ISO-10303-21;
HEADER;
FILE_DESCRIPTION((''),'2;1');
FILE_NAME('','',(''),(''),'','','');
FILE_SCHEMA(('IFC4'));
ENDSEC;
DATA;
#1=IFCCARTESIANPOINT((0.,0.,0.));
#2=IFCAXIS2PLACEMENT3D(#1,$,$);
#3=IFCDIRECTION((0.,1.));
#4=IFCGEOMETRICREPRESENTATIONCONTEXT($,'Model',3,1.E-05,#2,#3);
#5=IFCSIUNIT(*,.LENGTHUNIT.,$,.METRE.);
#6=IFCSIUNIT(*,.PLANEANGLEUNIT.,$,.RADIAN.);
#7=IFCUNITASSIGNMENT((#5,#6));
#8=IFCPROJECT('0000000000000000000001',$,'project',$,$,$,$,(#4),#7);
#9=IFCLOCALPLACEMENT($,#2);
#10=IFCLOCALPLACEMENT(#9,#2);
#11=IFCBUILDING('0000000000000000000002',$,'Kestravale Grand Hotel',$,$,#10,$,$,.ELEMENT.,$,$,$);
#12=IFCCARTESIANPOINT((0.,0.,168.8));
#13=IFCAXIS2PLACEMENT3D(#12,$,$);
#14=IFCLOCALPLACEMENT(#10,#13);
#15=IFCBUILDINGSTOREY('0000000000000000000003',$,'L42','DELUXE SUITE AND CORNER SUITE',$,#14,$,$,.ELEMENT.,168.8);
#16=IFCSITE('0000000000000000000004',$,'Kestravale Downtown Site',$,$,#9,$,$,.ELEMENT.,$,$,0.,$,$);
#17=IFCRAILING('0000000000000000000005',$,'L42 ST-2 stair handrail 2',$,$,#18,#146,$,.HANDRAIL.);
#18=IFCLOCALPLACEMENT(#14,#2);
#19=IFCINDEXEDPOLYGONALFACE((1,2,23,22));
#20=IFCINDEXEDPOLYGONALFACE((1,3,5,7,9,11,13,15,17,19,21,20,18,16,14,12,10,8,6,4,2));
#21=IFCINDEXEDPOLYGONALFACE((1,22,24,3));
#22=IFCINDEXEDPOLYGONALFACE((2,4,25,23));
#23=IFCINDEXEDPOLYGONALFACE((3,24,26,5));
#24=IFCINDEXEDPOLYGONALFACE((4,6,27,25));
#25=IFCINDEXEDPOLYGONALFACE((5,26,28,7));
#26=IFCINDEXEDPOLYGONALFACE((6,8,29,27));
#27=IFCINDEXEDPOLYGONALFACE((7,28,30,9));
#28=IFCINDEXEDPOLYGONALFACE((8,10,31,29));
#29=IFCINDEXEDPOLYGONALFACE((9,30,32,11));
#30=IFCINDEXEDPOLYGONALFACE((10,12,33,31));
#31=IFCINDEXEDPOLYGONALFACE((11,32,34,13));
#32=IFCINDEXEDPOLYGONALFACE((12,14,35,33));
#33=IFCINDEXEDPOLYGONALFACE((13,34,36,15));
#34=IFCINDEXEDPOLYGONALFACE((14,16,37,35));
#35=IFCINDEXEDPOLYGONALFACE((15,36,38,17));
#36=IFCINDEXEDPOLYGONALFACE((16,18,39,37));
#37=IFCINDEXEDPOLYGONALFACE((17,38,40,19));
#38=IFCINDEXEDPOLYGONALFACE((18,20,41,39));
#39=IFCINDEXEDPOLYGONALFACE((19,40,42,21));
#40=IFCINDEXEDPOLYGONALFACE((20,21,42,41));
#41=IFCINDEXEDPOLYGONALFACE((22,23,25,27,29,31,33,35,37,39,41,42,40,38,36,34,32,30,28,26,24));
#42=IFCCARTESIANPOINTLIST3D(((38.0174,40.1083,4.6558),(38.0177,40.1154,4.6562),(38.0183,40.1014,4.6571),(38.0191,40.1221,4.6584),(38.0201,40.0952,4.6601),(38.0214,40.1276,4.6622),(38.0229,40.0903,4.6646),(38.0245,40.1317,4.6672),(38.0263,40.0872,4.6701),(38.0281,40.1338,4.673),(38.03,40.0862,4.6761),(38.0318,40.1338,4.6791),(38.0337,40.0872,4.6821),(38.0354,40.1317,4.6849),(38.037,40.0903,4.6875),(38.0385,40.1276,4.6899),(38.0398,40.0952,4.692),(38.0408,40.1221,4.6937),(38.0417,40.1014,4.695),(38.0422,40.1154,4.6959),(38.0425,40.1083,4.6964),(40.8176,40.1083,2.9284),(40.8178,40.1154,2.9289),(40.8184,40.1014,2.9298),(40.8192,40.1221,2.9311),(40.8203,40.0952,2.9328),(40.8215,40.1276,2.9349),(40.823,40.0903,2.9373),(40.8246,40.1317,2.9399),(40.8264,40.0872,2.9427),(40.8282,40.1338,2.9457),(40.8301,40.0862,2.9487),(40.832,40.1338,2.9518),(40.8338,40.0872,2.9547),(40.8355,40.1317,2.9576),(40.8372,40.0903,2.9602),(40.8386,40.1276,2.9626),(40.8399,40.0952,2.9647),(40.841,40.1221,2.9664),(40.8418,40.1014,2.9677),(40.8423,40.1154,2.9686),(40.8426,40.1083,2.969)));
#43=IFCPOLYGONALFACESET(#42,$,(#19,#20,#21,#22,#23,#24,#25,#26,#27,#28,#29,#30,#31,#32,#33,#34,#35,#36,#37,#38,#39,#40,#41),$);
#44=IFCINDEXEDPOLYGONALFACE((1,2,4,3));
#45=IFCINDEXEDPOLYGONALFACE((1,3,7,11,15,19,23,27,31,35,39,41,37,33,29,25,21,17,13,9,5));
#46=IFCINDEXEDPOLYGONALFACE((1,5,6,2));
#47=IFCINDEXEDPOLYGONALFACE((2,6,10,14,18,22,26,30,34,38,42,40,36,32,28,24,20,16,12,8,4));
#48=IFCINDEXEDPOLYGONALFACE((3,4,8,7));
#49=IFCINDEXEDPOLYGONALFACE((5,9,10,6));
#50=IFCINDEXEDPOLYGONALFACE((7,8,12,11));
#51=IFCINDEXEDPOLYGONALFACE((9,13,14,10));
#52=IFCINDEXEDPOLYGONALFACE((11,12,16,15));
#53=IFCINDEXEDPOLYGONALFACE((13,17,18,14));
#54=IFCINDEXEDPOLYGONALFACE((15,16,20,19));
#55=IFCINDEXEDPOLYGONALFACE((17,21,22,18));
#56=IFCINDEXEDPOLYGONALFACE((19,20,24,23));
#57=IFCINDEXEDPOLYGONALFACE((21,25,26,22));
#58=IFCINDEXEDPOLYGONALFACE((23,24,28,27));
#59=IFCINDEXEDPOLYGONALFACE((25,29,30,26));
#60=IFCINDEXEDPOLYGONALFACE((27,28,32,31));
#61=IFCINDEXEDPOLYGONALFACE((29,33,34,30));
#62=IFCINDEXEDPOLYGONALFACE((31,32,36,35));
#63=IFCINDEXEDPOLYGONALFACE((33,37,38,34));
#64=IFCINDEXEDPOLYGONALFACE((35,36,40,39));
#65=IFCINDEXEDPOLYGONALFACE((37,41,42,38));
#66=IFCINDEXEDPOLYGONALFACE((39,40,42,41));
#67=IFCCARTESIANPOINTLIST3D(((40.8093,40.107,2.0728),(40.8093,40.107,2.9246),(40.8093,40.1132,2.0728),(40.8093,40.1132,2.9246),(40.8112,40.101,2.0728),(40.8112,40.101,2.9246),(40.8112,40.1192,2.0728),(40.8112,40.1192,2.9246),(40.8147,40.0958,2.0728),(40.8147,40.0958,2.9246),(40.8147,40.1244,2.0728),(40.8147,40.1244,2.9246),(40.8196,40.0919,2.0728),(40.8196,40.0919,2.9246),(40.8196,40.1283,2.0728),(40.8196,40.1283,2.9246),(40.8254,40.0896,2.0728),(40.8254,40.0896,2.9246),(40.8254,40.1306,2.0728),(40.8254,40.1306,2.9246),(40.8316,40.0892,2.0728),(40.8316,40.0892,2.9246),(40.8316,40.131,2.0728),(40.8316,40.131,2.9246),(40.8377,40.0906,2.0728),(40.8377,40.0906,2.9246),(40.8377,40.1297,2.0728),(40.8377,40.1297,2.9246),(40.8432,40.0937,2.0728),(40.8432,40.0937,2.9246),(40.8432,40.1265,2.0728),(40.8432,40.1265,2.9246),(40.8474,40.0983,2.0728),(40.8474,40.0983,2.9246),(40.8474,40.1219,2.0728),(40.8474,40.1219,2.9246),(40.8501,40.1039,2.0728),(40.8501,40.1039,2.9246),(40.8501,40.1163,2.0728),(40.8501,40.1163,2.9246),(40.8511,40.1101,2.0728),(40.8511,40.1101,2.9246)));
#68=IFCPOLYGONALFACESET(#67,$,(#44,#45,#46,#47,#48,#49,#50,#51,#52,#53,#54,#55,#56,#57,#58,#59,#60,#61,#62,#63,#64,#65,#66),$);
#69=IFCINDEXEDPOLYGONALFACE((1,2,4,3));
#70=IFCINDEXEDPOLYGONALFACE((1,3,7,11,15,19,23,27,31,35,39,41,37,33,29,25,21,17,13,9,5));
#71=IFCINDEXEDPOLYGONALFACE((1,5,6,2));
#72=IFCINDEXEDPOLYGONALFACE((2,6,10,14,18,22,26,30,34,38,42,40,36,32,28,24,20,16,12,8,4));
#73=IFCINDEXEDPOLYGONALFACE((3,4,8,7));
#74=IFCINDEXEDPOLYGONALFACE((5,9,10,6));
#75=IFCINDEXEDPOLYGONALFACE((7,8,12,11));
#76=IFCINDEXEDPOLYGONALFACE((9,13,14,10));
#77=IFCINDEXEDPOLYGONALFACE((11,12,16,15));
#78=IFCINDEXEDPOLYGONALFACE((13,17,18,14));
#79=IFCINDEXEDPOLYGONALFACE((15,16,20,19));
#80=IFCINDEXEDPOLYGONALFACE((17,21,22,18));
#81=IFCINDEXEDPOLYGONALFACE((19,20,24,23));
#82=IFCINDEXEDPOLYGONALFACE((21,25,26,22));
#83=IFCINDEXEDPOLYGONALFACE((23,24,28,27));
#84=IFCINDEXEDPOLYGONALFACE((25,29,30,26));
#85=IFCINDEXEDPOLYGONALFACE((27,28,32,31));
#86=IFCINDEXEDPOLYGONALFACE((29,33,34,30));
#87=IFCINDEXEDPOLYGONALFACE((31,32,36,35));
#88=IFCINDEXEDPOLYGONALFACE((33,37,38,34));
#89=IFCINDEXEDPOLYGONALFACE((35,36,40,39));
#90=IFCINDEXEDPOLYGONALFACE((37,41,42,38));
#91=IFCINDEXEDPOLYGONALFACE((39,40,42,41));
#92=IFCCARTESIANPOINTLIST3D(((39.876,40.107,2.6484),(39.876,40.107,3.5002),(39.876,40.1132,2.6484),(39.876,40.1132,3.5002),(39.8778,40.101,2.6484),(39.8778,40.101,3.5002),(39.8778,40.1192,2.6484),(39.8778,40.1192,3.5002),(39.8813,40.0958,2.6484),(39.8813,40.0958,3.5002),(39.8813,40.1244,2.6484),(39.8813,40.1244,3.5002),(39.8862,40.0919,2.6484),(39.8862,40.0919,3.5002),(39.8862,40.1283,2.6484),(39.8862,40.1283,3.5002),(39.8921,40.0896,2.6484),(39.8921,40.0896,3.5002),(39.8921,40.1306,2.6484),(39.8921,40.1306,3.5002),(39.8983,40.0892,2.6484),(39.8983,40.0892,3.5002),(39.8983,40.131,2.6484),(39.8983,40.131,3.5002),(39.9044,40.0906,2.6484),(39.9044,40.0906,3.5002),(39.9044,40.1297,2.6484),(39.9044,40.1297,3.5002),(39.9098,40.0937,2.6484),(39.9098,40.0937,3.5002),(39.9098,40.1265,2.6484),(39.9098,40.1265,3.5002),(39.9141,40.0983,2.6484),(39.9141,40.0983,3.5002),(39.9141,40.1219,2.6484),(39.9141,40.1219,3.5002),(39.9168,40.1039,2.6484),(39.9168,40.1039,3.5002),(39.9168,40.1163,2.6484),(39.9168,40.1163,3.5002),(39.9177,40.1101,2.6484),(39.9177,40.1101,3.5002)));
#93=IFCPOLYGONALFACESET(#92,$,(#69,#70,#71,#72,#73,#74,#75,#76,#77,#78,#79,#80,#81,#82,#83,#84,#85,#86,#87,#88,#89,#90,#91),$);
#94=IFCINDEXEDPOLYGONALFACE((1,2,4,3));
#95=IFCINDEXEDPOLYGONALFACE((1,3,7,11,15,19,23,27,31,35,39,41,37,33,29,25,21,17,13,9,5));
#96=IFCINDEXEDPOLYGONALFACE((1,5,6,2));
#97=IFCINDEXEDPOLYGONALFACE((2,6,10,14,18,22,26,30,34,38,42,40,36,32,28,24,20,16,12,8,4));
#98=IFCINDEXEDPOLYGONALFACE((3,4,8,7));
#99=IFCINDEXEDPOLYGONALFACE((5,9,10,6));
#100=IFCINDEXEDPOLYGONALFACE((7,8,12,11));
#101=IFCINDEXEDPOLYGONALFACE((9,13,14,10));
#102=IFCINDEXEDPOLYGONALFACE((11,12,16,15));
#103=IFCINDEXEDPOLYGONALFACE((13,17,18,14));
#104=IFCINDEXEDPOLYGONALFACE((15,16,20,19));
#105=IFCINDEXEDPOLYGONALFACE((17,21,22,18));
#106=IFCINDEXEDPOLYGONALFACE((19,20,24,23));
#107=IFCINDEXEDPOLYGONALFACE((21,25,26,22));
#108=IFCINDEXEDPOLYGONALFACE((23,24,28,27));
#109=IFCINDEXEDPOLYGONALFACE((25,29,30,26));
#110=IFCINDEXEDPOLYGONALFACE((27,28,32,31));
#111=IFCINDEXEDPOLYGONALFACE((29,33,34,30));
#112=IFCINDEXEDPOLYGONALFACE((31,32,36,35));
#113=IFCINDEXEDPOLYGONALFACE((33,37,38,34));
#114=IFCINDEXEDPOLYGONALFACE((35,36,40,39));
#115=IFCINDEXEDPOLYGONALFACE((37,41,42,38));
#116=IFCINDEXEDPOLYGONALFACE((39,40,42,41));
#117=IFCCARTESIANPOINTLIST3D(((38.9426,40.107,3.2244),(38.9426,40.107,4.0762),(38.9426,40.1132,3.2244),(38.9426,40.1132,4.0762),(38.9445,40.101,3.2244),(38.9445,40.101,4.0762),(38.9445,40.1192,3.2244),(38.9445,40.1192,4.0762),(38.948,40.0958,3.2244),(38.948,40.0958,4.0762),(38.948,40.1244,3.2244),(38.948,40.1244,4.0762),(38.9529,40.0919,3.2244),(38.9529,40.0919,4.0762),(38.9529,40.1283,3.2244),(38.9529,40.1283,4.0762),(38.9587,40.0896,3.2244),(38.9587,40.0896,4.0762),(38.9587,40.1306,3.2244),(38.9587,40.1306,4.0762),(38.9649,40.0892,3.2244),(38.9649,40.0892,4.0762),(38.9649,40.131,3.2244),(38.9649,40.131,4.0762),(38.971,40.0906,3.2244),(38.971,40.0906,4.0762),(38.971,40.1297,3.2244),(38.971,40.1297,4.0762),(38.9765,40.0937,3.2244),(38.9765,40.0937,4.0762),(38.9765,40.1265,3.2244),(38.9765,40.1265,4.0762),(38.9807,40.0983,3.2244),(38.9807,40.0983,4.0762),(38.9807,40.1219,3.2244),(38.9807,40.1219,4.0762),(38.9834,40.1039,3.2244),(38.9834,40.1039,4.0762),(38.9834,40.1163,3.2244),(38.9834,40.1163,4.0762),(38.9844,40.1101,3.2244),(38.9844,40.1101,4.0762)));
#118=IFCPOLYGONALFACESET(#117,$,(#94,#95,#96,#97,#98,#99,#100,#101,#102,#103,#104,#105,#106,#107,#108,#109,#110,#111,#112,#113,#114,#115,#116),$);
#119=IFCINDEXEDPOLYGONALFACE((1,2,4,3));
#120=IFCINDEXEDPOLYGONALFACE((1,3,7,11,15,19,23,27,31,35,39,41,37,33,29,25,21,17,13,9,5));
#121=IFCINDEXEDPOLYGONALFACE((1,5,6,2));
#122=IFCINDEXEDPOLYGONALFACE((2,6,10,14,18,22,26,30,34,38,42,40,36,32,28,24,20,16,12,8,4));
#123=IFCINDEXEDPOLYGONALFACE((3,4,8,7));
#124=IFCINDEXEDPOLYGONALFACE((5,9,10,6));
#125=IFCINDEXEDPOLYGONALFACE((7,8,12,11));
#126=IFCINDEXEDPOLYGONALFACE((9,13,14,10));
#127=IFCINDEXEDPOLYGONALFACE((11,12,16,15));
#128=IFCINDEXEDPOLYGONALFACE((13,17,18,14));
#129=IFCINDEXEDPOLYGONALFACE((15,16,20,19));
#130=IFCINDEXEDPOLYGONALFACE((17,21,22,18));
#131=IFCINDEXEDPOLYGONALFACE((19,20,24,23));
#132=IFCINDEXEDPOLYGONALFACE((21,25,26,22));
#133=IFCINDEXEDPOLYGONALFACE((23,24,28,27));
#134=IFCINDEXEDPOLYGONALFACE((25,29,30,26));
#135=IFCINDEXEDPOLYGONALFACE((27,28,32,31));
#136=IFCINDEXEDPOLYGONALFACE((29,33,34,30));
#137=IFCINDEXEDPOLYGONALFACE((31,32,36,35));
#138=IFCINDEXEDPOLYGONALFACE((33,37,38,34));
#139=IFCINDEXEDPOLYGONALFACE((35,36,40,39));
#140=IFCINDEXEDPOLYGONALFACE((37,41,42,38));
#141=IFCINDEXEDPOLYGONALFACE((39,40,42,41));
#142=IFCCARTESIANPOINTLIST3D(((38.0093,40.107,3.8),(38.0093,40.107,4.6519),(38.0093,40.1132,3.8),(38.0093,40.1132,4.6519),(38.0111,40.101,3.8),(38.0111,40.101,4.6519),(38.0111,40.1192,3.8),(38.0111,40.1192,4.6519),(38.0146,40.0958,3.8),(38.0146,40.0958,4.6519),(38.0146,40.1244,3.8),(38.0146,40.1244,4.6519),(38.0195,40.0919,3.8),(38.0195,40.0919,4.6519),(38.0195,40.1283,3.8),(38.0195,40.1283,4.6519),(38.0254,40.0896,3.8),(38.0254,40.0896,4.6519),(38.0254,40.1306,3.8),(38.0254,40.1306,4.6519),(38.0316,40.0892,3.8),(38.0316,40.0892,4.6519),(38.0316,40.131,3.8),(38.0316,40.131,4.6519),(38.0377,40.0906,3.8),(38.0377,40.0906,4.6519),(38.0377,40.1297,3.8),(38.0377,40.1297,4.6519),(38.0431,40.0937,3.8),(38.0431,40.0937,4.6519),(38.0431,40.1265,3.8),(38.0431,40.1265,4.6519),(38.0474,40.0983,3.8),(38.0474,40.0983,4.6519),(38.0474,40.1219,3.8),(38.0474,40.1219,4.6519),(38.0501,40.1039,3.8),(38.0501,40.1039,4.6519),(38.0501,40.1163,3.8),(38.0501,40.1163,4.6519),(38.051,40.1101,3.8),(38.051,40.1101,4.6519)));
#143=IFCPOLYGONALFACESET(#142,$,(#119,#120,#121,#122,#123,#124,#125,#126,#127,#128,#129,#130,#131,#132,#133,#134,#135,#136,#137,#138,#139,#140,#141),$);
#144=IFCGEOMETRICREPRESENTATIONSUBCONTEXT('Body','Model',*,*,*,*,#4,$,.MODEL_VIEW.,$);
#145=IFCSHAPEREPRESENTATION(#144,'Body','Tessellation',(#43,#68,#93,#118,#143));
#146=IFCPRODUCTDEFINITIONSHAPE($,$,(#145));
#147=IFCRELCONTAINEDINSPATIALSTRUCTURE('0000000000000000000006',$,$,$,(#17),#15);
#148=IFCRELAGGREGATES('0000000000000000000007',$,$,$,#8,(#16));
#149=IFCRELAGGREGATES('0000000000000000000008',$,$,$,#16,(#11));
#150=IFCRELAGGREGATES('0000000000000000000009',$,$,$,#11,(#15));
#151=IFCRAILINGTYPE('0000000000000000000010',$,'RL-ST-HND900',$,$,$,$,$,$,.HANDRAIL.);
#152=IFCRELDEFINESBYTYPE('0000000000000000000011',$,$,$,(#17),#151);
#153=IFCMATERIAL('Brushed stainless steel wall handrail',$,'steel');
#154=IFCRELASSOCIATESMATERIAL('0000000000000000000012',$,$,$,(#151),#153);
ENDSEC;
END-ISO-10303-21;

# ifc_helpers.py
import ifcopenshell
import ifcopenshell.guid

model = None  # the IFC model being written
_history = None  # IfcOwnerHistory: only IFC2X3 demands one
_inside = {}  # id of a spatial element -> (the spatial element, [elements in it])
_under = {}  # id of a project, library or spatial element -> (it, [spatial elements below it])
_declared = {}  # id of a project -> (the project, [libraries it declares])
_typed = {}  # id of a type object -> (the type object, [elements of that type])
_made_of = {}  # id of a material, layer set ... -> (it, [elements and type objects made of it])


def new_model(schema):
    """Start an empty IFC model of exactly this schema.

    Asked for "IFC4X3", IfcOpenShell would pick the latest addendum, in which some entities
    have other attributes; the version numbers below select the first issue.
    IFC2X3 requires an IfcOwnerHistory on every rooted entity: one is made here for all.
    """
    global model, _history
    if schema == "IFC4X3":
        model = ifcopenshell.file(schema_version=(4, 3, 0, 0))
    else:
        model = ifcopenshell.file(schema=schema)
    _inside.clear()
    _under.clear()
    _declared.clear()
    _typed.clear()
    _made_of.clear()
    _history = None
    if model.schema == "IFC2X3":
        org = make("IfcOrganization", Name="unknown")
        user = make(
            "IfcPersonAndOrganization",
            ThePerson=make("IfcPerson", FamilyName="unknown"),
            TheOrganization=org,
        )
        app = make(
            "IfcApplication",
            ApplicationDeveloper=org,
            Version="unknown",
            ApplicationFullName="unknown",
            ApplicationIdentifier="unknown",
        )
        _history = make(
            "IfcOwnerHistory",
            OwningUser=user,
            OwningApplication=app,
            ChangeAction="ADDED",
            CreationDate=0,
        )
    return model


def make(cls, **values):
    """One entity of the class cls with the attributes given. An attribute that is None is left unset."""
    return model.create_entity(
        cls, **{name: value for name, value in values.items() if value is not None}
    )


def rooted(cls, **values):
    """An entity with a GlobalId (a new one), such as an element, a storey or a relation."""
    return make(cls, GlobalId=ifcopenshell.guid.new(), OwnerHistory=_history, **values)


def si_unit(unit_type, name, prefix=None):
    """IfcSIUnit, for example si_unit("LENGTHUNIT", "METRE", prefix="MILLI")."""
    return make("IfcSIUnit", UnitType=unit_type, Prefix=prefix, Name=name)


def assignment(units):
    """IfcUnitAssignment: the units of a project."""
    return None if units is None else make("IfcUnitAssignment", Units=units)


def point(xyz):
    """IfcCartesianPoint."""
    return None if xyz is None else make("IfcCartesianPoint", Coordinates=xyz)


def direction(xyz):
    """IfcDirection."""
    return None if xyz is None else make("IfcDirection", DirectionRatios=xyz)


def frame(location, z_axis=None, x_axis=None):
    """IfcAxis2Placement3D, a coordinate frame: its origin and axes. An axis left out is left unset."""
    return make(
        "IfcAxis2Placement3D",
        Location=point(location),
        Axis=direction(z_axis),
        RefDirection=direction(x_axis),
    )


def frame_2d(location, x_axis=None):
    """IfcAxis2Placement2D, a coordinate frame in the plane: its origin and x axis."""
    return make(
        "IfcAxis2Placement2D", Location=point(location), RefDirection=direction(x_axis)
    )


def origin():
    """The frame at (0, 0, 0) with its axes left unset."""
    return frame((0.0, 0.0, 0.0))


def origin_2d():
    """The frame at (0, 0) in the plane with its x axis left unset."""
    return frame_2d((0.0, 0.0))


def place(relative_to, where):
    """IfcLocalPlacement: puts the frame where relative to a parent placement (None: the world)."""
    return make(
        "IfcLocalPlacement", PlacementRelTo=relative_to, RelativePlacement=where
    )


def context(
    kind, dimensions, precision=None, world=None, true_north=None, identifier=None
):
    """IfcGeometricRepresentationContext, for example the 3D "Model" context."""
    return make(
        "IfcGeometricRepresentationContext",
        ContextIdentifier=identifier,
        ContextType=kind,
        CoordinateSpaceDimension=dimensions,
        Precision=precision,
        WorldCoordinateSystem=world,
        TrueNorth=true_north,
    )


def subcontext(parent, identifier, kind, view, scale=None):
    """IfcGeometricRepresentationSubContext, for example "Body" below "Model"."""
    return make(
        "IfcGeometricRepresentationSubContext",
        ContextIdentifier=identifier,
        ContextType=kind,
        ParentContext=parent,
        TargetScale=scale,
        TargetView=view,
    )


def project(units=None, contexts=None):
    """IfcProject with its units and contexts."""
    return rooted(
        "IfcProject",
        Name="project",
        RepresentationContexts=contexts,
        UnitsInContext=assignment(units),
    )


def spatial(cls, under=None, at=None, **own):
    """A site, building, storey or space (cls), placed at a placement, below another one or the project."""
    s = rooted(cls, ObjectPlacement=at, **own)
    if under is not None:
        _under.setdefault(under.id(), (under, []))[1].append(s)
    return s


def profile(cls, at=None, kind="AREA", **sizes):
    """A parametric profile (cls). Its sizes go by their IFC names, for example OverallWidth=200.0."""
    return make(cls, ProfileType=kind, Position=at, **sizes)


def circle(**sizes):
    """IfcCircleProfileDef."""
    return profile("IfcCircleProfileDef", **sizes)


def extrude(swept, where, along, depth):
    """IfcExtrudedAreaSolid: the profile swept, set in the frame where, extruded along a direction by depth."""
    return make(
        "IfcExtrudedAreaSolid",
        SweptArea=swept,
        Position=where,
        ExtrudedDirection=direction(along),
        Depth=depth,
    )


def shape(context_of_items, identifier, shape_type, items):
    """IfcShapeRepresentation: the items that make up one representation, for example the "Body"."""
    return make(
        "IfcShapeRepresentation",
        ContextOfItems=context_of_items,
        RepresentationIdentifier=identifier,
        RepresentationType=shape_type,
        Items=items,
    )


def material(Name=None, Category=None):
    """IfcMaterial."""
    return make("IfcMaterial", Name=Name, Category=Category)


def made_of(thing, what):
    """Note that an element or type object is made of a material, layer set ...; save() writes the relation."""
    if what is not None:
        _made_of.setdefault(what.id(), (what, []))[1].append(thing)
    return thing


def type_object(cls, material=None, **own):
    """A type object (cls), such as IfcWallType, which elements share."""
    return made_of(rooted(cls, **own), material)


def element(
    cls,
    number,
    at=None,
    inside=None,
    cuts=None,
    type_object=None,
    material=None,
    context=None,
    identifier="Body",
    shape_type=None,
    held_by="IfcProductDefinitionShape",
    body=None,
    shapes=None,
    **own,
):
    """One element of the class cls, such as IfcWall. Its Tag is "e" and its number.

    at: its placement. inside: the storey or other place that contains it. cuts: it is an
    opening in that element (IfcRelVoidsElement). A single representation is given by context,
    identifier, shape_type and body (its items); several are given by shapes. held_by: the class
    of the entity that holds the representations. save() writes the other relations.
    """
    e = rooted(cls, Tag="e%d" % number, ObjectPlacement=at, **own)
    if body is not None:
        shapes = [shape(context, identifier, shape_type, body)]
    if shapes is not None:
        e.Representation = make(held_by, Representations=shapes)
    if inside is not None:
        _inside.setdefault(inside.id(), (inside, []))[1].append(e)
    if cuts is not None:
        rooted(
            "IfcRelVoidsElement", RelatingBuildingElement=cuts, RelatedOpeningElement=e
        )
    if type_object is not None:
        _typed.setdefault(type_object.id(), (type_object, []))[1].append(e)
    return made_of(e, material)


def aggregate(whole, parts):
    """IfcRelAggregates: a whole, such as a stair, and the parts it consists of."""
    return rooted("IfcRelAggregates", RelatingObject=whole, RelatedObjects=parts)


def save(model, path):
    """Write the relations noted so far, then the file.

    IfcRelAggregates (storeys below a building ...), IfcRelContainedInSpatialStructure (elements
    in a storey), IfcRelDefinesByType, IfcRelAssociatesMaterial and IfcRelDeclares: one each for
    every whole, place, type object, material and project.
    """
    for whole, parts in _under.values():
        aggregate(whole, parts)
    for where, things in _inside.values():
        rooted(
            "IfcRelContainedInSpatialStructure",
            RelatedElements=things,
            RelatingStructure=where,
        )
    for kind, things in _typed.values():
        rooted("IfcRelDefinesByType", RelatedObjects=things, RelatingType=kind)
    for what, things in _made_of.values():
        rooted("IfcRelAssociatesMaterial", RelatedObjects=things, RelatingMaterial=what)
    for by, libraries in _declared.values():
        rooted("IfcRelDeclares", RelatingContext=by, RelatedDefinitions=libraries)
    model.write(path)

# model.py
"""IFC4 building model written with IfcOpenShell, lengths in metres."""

from ifc_helpers import new_model, si_unit, direction, frame, origin, origin_2d, place, context, subcontext, project, spatial, circle, extrude, material, type_object, element, save


model = new_model("IFC4")

# Units and contexts
model_context = context("Model", 3, precision=1e-05, world=origin(), true_north=direction((0.0, 1.0)))
body_context = subcontext(model_context, "Body", "Model", "MODEL_VIEW")
ifc_project = project(units=[si_unit("LENGTHUNIT", "METRE"), si_unit("PLANEANGLEUNIT", "RADIAN")], contexts=[model_context])

# Site, building, storey
site_placement = place(None, origin())
site = spatial("IfcSite", under=ifc_project, at=site_placement, Name="Kestravale Downtown Site", CompositionType="ELEMENT", RefElevation=0.0)
building_placement = place(site_placement, origin())
building = spatial("IfcBuilding", under=site, at=building_placement, Name="Kestravale Grand Hotel", CompositionType="ELEMENT")
storey_placement = place(building_placement, frame((0.0, 0.0, 168.8)))
storey = spatial("IfcBuildingStorey", under=building, at=storey_placement, Name="L42", Description="DELUXE SUITE AND CORNER SUITE", CompositionType="ELEMENT", Elevation=168.8)

# Railing
ifc_material_1 = material(Name="Brushed stainless steel wall handrail", Category="steel")
railing_type_1 = type_object("IfcRailingType", Name="RL-ST-HND900", PredefinedType="HANDRAIL", material=ifc_material_1)
railing_1_placement = place(storey_placement, frame((40.8301, 40.1101, 2.0728)))
element("IfcRailing", 1, at=railing_1_placement, inside=storey, type_object=railing_type_1, Name="L42 ST-2 stair handrail 2", PredefinedType="HANDRAIL", context=body_context, shape_type="SweptSolid", body=[
    extrude(circle(Radius=0.0239, at=origin_2d()), frame((0.0, 0.0, 0.876), z_axis=(-0.85109, 0.0, 0.52502), x_axis=(0.0, -1.0, 0.0)), (0.0, 0.0, 1.0), 3.29),
    extrude(circle(Radius=0.021, at=origin_2d()), origin(), (0.0, 0.0, 1.0), 0.8518),
    extrude(circle(Radius=0.021, at=origin_2d()), frame((-0.9333, 0.0, 0.5757)), (0.0, 0.0, 1.0), 0.8518),
    extrude(circle(Radius=0.021, at=origin_2d()), frame((-1.8667, 0.0, 1.1516)), (0.0, 0.0, 1.0), 0.8518),
    extrude(circle(Radius=0.021, at=origin_2d()), frame((-2.8, 0.0, 1.7273)), (0.0, 0.0, 1.0), 0.8518),
])

save(model, "model.ifc")
